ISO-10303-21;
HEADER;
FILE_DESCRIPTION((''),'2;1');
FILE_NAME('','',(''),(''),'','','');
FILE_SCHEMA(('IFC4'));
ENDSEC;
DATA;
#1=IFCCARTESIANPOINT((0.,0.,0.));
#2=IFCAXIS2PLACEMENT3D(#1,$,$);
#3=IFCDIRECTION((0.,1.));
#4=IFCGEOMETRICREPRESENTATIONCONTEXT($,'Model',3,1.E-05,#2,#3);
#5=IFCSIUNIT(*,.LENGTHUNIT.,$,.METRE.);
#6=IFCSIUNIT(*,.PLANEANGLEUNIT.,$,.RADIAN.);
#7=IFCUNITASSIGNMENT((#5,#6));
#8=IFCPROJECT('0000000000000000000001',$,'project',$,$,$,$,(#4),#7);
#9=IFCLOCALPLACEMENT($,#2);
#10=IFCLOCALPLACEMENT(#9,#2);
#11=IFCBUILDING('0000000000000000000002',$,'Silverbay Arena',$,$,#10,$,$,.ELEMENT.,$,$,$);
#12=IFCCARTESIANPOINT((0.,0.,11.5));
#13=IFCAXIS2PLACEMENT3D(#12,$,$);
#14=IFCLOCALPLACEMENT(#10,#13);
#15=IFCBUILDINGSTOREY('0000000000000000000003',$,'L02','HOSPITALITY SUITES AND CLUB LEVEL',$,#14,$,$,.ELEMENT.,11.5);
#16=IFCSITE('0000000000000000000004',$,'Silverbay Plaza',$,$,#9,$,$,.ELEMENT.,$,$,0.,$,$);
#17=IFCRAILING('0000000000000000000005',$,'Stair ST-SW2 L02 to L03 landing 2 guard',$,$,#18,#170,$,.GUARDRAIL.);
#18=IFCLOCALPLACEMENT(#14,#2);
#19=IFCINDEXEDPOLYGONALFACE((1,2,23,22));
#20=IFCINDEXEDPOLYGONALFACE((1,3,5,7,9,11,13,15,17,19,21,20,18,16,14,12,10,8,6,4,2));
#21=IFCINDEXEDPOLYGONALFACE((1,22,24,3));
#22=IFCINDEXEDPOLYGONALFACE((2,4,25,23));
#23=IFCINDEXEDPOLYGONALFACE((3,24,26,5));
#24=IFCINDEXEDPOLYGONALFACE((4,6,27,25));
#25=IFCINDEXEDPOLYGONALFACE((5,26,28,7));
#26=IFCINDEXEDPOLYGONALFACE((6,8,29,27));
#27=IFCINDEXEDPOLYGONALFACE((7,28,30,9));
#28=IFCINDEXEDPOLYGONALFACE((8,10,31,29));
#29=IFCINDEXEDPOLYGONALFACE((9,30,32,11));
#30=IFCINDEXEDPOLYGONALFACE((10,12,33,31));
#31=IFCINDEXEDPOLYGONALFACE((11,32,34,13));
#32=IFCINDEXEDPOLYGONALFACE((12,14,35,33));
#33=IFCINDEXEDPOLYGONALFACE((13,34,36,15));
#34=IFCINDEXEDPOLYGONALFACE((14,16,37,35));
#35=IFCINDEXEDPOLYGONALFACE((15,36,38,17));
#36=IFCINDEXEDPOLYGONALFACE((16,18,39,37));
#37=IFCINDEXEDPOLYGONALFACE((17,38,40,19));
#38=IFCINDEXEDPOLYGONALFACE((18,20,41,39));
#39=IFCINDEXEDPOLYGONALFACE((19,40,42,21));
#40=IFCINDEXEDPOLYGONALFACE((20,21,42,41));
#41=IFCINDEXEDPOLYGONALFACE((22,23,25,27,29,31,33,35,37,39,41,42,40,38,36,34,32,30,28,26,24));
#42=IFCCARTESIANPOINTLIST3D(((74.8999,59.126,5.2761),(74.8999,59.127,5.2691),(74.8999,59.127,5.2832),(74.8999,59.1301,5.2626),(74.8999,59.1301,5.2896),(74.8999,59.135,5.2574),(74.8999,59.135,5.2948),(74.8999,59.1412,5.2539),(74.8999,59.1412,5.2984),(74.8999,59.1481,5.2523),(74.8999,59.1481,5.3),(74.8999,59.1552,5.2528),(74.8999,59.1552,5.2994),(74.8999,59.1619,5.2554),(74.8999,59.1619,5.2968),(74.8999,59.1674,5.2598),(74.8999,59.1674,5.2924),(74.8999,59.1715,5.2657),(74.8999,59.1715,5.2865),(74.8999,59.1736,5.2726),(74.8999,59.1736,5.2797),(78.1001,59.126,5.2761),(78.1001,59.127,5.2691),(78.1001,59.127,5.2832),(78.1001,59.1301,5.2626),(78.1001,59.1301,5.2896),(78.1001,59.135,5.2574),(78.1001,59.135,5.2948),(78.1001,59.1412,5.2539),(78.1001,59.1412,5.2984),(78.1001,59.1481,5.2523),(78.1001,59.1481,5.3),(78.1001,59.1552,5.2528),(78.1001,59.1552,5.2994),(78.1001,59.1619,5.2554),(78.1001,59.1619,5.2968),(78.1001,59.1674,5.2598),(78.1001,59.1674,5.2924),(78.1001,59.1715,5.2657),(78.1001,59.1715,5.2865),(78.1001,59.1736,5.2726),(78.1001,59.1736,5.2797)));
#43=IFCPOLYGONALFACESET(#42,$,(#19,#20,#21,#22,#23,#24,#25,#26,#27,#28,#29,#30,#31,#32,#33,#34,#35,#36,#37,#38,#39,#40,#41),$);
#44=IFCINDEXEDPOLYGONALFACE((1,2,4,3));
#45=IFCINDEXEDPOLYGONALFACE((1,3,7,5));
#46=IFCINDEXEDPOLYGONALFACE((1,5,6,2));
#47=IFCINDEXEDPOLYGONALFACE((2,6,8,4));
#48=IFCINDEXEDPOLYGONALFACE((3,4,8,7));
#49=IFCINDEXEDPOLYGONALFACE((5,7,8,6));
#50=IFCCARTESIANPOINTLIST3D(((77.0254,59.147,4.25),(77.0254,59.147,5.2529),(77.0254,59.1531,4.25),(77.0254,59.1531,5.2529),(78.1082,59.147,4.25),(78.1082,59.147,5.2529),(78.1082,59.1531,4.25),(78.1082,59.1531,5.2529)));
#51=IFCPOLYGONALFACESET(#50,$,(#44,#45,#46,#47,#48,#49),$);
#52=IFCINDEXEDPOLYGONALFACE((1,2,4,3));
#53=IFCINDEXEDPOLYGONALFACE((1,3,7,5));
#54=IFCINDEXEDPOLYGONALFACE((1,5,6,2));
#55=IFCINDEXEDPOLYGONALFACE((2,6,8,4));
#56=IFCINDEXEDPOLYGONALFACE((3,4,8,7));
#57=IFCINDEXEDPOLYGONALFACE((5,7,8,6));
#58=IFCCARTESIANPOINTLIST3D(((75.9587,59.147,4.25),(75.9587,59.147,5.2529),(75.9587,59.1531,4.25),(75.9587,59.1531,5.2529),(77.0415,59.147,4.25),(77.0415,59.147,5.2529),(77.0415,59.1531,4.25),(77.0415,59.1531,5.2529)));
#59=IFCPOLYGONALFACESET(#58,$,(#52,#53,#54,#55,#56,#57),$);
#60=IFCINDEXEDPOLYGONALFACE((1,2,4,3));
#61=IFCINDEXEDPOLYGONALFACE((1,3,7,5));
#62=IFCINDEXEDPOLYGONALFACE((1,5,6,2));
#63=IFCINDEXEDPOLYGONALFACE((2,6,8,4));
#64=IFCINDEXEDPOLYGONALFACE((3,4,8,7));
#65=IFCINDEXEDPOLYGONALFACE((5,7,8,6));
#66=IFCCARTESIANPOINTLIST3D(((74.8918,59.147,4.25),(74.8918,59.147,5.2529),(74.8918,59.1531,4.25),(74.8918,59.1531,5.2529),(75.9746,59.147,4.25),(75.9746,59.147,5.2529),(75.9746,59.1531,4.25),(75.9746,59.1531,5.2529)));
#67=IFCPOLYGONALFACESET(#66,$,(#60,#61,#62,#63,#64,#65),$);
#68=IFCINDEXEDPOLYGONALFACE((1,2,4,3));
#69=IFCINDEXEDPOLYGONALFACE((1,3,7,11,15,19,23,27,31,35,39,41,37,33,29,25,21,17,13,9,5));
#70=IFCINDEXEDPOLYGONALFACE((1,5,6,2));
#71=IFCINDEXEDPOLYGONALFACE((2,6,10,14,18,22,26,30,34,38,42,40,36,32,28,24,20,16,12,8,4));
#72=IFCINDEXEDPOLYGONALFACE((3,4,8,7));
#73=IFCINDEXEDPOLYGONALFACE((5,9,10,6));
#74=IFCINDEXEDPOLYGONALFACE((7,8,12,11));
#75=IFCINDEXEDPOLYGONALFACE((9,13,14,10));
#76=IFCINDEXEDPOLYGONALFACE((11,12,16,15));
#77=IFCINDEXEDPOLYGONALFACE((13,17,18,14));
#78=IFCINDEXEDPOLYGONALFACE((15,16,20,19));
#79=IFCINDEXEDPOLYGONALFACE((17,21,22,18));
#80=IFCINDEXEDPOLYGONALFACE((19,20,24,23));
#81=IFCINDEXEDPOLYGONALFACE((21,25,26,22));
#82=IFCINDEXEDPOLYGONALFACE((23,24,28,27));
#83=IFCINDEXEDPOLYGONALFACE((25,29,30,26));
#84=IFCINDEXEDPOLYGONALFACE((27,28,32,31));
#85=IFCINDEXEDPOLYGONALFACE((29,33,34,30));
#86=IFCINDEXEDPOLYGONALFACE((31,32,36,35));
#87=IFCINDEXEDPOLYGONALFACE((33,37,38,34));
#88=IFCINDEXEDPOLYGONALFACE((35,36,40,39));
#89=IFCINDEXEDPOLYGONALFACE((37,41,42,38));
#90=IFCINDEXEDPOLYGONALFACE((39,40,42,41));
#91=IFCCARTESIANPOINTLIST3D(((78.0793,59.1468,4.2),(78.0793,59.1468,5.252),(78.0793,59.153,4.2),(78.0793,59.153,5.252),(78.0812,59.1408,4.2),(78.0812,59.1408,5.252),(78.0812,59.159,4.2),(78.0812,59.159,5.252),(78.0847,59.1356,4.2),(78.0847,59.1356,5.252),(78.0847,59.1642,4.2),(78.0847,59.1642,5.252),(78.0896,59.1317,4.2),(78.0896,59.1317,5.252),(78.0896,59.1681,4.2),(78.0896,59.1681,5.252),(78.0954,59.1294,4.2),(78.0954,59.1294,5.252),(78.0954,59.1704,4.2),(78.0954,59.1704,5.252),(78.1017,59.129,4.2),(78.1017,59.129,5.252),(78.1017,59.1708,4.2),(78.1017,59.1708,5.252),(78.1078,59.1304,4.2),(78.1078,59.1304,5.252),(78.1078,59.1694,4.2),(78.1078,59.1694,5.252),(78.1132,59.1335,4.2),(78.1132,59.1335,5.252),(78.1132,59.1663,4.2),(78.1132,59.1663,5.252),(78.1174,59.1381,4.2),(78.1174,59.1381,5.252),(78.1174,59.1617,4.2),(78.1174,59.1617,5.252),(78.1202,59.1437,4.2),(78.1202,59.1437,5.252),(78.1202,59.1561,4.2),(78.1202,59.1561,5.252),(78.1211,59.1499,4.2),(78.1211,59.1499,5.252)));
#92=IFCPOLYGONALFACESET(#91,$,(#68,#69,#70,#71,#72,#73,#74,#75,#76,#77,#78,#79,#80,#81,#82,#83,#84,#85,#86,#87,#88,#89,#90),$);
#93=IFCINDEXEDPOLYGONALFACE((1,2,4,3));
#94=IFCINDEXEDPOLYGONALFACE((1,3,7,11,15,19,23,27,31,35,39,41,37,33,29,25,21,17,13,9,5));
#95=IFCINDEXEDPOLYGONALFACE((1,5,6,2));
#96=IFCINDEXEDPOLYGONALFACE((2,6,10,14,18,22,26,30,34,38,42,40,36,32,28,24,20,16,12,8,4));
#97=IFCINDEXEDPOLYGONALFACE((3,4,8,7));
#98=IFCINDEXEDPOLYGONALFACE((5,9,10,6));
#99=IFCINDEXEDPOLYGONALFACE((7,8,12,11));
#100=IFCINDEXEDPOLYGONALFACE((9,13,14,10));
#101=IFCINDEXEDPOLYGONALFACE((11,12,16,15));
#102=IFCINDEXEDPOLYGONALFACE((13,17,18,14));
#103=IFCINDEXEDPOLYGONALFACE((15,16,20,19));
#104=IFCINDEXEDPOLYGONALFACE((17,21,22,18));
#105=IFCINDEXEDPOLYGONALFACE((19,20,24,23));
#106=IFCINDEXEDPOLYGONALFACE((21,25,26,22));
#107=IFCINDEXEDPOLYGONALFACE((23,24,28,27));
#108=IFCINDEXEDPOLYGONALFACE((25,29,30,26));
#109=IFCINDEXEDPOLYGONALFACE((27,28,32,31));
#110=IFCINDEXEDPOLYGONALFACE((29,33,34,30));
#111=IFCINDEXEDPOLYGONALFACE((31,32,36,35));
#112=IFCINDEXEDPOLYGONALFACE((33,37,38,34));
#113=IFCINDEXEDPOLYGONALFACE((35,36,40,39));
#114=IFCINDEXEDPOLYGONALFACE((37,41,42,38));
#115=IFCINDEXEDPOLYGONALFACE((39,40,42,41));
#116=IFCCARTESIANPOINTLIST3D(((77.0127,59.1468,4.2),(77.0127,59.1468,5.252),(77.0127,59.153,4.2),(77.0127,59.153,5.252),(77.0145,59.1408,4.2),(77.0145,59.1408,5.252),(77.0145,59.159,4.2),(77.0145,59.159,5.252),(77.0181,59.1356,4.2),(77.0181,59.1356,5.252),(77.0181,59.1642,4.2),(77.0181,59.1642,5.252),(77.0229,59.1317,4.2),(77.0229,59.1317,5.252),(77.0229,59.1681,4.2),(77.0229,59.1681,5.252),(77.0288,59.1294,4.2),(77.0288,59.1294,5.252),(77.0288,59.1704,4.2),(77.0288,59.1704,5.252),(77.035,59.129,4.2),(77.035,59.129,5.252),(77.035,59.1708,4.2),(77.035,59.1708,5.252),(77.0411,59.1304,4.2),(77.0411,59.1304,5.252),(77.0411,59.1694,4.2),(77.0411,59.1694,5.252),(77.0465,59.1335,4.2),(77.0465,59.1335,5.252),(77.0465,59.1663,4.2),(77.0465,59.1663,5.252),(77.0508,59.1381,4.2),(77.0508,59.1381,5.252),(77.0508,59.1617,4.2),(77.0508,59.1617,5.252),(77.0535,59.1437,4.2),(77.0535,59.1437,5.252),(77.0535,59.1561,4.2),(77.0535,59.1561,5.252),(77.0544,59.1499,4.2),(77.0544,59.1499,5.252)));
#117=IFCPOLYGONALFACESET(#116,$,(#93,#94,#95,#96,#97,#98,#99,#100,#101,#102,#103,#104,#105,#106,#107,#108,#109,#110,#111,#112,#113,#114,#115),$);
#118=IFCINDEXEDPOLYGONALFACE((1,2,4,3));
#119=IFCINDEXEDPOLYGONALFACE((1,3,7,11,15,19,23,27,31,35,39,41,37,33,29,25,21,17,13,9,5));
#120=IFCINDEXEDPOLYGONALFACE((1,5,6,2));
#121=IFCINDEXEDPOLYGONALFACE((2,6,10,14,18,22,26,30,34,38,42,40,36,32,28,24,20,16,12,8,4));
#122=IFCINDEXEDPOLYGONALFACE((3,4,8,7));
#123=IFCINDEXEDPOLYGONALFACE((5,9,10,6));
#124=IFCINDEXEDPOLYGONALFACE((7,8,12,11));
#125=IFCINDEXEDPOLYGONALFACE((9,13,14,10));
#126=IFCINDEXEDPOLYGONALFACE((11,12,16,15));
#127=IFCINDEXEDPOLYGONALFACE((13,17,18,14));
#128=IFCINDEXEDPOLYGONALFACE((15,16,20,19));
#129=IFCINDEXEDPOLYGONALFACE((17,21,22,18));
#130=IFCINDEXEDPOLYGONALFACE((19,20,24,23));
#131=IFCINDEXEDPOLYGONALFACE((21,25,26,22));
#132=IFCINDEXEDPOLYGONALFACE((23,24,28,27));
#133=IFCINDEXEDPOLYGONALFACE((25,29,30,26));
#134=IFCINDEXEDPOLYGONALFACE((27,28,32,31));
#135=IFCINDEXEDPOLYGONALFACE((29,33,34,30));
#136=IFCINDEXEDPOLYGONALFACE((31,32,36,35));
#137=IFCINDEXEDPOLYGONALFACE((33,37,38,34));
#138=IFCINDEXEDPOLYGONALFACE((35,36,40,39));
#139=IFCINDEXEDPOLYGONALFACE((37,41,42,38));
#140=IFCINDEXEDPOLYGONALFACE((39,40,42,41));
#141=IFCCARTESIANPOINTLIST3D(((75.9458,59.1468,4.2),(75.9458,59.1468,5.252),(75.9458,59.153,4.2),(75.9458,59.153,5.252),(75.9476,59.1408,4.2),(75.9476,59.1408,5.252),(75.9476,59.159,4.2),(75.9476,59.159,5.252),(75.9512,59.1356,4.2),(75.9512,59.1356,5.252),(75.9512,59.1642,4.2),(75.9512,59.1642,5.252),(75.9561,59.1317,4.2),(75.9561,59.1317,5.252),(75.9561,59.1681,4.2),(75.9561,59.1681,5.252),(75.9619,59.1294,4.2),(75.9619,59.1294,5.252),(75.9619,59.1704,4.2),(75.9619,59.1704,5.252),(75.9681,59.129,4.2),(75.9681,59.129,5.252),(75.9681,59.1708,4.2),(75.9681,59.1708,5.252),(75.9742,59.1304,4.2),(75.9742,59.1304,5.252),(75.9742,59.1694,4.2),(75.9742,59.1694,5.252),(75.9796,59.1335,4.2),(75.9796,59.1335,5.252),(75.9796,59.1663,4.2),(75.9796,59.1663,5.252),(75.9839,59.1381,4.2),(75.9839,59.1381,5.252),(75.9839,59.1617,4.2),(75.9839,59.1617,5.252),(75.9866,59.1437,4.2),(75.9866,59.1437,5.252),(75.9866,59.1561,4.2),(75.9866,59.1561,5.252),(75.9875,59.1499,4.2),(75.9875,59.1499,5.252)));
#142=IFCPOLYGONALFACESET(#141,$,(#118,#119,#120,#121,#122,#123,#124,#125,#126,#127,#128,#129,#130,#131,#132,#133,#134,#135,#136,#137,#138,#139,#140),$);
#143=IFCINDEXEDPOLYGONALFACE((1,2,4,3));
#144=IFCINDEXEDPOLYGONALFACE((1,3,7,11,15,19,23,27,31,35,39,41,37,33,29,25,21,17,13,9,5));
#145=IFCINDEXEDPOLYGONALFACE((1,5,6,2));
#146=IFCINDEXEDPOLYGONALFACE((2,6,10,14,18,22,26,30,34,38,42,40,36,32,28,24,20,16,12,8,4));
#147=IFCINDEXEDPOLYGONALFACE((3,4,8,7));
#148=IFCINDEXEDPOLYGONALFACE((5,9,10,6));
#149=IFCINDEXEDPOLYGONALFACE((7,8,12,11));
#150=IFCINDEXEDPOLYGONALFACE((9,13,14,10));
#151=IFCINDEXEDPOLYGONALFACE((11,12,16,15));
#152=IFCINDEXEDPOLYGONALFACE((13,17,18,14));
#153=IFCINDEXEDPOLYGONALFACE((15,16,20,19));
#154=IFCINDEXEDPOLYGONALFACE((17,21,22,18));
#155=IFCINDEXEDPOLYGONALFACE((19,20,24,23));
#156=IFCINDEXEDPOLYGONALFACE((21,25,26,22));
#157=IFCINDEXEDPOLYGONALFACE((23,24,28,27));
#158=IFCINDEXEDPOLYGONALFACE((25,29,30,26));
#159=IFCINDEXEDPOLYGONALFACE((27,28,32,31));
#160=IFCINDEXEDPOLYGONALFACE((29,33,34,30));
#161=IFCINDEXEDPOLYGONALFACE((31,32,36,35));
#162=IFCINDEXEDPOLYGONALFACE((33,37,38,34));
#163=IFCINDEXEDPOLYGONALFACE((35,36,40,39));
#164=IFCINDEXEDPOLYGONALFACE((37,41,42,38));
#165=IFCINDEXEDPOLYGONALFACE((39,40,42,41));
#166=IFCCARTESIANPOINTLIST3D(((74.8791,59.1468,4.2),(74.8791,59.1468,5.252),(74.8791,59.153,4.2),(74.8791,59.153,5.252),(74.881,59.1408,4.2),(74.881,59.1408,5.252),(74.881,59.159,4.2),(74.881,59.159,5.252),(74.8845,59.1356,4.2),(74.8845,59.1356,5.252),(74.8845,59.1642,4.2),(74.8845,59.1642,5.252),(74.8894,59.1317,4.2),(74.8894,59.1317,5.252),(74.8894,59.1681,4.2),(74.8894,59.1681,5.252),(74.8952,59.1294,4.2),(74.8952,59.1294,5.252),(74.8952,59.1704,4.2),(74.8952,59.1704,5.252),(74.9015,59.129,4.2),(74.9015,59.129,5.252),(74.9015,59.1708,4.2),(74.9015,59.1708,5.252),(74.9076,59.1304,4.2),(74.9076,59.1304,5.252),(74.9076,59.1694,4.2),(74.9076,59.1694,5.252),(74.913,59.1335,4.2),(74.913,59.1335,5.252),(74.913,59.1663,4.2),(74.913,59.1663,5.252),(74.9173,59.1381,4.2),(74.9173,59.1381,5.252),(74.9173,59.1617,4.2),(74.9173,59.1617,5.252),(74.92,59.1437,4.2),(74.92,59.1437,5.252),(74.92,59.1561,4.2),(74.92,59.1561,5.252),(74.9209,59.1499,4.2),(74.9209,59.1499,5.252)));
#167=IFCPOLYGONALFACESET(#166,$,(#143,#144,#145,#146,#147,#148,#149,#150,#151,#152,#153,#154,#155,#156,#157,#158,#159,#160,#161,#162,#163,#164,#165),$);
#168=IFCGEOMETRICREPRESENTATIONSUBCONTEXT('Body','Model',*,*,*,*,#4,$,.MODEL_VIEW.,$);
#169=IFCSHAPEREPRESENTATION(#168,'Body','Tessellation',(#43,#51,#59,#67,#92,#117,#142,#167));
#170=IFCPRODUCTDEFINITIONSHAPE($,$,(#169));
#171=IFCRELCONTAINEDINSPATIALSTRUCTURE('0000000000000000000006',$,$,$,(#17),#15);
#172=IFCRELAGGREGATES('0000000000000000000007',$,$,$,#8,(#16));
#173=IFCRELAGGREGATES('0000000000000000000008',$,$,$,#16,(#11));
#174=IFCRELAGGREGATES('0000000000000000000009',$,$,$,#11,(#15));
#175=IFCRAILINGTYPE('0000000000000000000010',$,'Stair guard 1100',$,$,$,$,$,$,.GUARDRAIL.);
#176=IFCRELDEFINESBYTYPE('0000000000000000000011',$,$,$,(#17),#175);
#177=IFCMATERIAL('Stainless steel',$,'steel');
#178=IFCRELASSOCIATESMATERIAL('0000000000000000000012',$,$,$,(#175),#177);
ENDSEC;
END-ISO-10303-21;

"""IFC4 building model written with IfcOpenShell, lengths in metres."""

from ifc_helpers import new_model, si_unit, direction, frame, origin, origin_2d, place, context, subcontext, project, spatial, polyline, circle, outline, extrude, material, type_object, element, save


model = new_model("IFC4")

# Units and contexts
model_context = context("Model", 3, precision=1e-05, world=origin(), true_north=direction((0.0, 1.0)))
body_context = subcontext(model_context, "Body", "Model", "MODEL_VIEW")
ifc_project = project(units=[si_unit("LENGTHUNIT", "METRE"), si_unit("PLANEANGLEUNIT", "RADIAN")], contexts=[model_context])

# Site, building, storey
site_placement = place(None, origin())
site = spatial("IfcSite", under=ifc_project, at=site_placement, Name="Silverbay Plaza", CompositionType="ELEMENT", RefElevation=0.0)
building_placement = place(site_placement, origin())
building = spatial("IfcBuilding", under=site, at=building_placement, Name="Silverbay Arena", CompositionType="ELEMENT")
storey_placement = place(building_placement, frame((0.0, 0.0, 11.5)))
storey = spatial("IfcBuildingStorey", under=building, at=storey_placement, Name="L02", Description="HOSPITALITY SUITES AND CLUB LEVEL", CompositionType="ELEMENT", Elevation=11.5)

# Railing
ifc_material_1 = material(Name="Stainless steel", Category="steel")
railing_type_1 = type_object("IfcRailingType", Name="Stair guard 1100", PredefinedType="GUARDRAIL", material=ifc_material_1)
for number, where, name in (
    (1, (78.1001, 59.1499, 4.2), "Stair ST-SW2 L02 to L03 landing 2 guard"),
):
    element("IfcRailing", number, at=place(storey_placement, frame(where)), inside=storey, type_object=railing_type_1, Name=name, PredefinedType="GUARDRAIL", context=body_context, shape_type="SweptSolid", body=[
        extrude(circle(Radius=0.0239, at=origin_2d()), frame((0.0, 0.0, 1.0762), z_axis=(-1.0, 0.0, 0.0), x_axis=(0.0, -1.0, 0.0)), (0.0, 0.0, 1.0), 3.2002),
        extrude(outline(polyline([(-0.0081, 0.05), (1.0747, 0.05), (1.0747, 1.053), (-0.0081, 1.053), (-0.0081, 0.05)])), frame((0.0, -0.0029, 0.0), z_axis=(0.0, 1.0, 0.0), x_axis=(-1.0, 0.0, 0.0)), (0.0, 0.0, 1.0), 0.0061),
        extrude(outline(polyline([(-0.0081, 0.05), (1.0747, 0.05), (1.0747, 1.053), (-0.0081, 1.053), (-0.0081, 0.05)])), frame((-1.0667, -0.0029, 0.0), z_axis=(0.0, 1.0, 0.0), x_axis=(-1.0, 0.0, 0.0)), (0.0, 0.0, 1.0), 0.0061),
        extrude(outline(polyline([(-0.0081, 0.05), (1.0747, 0.05), (1.0747, 1.053), (-0.0081, 1.053), (-0.0081, 0.05)])), frame((-2.1335, -0.0029, 0.0), z_axis=(0.0, 1.0, 0.0), x_axis=(-1.0, 0.0, 0.0)), (0.0, 0.0, 1.0), 0.0061),
        extrude(circle(Radius=0.021, at=origin_2d()), origin(), (0.0, 0.0, 1.0), 1.052),
        extrude(circle(Radius=0.021, at=origin_2d()), frame((-1.0667, 0.0, 0.0)), (0.0, 0.0, 1.0), 1.052),
        extrude(circle(Radius=0.021, at=origin_2d()), frame((-2.1335, 0.0, 0.0)), (0.0, 0.0, 1.0), 1.052),
        extrude(circle(Radius=0.021, at=origin_2d()), frame((-3.2002, 0.0, 0.0)), (0.0, 0.0, 1.0), 1.052),
    ])

save(model, "model.ifc")
